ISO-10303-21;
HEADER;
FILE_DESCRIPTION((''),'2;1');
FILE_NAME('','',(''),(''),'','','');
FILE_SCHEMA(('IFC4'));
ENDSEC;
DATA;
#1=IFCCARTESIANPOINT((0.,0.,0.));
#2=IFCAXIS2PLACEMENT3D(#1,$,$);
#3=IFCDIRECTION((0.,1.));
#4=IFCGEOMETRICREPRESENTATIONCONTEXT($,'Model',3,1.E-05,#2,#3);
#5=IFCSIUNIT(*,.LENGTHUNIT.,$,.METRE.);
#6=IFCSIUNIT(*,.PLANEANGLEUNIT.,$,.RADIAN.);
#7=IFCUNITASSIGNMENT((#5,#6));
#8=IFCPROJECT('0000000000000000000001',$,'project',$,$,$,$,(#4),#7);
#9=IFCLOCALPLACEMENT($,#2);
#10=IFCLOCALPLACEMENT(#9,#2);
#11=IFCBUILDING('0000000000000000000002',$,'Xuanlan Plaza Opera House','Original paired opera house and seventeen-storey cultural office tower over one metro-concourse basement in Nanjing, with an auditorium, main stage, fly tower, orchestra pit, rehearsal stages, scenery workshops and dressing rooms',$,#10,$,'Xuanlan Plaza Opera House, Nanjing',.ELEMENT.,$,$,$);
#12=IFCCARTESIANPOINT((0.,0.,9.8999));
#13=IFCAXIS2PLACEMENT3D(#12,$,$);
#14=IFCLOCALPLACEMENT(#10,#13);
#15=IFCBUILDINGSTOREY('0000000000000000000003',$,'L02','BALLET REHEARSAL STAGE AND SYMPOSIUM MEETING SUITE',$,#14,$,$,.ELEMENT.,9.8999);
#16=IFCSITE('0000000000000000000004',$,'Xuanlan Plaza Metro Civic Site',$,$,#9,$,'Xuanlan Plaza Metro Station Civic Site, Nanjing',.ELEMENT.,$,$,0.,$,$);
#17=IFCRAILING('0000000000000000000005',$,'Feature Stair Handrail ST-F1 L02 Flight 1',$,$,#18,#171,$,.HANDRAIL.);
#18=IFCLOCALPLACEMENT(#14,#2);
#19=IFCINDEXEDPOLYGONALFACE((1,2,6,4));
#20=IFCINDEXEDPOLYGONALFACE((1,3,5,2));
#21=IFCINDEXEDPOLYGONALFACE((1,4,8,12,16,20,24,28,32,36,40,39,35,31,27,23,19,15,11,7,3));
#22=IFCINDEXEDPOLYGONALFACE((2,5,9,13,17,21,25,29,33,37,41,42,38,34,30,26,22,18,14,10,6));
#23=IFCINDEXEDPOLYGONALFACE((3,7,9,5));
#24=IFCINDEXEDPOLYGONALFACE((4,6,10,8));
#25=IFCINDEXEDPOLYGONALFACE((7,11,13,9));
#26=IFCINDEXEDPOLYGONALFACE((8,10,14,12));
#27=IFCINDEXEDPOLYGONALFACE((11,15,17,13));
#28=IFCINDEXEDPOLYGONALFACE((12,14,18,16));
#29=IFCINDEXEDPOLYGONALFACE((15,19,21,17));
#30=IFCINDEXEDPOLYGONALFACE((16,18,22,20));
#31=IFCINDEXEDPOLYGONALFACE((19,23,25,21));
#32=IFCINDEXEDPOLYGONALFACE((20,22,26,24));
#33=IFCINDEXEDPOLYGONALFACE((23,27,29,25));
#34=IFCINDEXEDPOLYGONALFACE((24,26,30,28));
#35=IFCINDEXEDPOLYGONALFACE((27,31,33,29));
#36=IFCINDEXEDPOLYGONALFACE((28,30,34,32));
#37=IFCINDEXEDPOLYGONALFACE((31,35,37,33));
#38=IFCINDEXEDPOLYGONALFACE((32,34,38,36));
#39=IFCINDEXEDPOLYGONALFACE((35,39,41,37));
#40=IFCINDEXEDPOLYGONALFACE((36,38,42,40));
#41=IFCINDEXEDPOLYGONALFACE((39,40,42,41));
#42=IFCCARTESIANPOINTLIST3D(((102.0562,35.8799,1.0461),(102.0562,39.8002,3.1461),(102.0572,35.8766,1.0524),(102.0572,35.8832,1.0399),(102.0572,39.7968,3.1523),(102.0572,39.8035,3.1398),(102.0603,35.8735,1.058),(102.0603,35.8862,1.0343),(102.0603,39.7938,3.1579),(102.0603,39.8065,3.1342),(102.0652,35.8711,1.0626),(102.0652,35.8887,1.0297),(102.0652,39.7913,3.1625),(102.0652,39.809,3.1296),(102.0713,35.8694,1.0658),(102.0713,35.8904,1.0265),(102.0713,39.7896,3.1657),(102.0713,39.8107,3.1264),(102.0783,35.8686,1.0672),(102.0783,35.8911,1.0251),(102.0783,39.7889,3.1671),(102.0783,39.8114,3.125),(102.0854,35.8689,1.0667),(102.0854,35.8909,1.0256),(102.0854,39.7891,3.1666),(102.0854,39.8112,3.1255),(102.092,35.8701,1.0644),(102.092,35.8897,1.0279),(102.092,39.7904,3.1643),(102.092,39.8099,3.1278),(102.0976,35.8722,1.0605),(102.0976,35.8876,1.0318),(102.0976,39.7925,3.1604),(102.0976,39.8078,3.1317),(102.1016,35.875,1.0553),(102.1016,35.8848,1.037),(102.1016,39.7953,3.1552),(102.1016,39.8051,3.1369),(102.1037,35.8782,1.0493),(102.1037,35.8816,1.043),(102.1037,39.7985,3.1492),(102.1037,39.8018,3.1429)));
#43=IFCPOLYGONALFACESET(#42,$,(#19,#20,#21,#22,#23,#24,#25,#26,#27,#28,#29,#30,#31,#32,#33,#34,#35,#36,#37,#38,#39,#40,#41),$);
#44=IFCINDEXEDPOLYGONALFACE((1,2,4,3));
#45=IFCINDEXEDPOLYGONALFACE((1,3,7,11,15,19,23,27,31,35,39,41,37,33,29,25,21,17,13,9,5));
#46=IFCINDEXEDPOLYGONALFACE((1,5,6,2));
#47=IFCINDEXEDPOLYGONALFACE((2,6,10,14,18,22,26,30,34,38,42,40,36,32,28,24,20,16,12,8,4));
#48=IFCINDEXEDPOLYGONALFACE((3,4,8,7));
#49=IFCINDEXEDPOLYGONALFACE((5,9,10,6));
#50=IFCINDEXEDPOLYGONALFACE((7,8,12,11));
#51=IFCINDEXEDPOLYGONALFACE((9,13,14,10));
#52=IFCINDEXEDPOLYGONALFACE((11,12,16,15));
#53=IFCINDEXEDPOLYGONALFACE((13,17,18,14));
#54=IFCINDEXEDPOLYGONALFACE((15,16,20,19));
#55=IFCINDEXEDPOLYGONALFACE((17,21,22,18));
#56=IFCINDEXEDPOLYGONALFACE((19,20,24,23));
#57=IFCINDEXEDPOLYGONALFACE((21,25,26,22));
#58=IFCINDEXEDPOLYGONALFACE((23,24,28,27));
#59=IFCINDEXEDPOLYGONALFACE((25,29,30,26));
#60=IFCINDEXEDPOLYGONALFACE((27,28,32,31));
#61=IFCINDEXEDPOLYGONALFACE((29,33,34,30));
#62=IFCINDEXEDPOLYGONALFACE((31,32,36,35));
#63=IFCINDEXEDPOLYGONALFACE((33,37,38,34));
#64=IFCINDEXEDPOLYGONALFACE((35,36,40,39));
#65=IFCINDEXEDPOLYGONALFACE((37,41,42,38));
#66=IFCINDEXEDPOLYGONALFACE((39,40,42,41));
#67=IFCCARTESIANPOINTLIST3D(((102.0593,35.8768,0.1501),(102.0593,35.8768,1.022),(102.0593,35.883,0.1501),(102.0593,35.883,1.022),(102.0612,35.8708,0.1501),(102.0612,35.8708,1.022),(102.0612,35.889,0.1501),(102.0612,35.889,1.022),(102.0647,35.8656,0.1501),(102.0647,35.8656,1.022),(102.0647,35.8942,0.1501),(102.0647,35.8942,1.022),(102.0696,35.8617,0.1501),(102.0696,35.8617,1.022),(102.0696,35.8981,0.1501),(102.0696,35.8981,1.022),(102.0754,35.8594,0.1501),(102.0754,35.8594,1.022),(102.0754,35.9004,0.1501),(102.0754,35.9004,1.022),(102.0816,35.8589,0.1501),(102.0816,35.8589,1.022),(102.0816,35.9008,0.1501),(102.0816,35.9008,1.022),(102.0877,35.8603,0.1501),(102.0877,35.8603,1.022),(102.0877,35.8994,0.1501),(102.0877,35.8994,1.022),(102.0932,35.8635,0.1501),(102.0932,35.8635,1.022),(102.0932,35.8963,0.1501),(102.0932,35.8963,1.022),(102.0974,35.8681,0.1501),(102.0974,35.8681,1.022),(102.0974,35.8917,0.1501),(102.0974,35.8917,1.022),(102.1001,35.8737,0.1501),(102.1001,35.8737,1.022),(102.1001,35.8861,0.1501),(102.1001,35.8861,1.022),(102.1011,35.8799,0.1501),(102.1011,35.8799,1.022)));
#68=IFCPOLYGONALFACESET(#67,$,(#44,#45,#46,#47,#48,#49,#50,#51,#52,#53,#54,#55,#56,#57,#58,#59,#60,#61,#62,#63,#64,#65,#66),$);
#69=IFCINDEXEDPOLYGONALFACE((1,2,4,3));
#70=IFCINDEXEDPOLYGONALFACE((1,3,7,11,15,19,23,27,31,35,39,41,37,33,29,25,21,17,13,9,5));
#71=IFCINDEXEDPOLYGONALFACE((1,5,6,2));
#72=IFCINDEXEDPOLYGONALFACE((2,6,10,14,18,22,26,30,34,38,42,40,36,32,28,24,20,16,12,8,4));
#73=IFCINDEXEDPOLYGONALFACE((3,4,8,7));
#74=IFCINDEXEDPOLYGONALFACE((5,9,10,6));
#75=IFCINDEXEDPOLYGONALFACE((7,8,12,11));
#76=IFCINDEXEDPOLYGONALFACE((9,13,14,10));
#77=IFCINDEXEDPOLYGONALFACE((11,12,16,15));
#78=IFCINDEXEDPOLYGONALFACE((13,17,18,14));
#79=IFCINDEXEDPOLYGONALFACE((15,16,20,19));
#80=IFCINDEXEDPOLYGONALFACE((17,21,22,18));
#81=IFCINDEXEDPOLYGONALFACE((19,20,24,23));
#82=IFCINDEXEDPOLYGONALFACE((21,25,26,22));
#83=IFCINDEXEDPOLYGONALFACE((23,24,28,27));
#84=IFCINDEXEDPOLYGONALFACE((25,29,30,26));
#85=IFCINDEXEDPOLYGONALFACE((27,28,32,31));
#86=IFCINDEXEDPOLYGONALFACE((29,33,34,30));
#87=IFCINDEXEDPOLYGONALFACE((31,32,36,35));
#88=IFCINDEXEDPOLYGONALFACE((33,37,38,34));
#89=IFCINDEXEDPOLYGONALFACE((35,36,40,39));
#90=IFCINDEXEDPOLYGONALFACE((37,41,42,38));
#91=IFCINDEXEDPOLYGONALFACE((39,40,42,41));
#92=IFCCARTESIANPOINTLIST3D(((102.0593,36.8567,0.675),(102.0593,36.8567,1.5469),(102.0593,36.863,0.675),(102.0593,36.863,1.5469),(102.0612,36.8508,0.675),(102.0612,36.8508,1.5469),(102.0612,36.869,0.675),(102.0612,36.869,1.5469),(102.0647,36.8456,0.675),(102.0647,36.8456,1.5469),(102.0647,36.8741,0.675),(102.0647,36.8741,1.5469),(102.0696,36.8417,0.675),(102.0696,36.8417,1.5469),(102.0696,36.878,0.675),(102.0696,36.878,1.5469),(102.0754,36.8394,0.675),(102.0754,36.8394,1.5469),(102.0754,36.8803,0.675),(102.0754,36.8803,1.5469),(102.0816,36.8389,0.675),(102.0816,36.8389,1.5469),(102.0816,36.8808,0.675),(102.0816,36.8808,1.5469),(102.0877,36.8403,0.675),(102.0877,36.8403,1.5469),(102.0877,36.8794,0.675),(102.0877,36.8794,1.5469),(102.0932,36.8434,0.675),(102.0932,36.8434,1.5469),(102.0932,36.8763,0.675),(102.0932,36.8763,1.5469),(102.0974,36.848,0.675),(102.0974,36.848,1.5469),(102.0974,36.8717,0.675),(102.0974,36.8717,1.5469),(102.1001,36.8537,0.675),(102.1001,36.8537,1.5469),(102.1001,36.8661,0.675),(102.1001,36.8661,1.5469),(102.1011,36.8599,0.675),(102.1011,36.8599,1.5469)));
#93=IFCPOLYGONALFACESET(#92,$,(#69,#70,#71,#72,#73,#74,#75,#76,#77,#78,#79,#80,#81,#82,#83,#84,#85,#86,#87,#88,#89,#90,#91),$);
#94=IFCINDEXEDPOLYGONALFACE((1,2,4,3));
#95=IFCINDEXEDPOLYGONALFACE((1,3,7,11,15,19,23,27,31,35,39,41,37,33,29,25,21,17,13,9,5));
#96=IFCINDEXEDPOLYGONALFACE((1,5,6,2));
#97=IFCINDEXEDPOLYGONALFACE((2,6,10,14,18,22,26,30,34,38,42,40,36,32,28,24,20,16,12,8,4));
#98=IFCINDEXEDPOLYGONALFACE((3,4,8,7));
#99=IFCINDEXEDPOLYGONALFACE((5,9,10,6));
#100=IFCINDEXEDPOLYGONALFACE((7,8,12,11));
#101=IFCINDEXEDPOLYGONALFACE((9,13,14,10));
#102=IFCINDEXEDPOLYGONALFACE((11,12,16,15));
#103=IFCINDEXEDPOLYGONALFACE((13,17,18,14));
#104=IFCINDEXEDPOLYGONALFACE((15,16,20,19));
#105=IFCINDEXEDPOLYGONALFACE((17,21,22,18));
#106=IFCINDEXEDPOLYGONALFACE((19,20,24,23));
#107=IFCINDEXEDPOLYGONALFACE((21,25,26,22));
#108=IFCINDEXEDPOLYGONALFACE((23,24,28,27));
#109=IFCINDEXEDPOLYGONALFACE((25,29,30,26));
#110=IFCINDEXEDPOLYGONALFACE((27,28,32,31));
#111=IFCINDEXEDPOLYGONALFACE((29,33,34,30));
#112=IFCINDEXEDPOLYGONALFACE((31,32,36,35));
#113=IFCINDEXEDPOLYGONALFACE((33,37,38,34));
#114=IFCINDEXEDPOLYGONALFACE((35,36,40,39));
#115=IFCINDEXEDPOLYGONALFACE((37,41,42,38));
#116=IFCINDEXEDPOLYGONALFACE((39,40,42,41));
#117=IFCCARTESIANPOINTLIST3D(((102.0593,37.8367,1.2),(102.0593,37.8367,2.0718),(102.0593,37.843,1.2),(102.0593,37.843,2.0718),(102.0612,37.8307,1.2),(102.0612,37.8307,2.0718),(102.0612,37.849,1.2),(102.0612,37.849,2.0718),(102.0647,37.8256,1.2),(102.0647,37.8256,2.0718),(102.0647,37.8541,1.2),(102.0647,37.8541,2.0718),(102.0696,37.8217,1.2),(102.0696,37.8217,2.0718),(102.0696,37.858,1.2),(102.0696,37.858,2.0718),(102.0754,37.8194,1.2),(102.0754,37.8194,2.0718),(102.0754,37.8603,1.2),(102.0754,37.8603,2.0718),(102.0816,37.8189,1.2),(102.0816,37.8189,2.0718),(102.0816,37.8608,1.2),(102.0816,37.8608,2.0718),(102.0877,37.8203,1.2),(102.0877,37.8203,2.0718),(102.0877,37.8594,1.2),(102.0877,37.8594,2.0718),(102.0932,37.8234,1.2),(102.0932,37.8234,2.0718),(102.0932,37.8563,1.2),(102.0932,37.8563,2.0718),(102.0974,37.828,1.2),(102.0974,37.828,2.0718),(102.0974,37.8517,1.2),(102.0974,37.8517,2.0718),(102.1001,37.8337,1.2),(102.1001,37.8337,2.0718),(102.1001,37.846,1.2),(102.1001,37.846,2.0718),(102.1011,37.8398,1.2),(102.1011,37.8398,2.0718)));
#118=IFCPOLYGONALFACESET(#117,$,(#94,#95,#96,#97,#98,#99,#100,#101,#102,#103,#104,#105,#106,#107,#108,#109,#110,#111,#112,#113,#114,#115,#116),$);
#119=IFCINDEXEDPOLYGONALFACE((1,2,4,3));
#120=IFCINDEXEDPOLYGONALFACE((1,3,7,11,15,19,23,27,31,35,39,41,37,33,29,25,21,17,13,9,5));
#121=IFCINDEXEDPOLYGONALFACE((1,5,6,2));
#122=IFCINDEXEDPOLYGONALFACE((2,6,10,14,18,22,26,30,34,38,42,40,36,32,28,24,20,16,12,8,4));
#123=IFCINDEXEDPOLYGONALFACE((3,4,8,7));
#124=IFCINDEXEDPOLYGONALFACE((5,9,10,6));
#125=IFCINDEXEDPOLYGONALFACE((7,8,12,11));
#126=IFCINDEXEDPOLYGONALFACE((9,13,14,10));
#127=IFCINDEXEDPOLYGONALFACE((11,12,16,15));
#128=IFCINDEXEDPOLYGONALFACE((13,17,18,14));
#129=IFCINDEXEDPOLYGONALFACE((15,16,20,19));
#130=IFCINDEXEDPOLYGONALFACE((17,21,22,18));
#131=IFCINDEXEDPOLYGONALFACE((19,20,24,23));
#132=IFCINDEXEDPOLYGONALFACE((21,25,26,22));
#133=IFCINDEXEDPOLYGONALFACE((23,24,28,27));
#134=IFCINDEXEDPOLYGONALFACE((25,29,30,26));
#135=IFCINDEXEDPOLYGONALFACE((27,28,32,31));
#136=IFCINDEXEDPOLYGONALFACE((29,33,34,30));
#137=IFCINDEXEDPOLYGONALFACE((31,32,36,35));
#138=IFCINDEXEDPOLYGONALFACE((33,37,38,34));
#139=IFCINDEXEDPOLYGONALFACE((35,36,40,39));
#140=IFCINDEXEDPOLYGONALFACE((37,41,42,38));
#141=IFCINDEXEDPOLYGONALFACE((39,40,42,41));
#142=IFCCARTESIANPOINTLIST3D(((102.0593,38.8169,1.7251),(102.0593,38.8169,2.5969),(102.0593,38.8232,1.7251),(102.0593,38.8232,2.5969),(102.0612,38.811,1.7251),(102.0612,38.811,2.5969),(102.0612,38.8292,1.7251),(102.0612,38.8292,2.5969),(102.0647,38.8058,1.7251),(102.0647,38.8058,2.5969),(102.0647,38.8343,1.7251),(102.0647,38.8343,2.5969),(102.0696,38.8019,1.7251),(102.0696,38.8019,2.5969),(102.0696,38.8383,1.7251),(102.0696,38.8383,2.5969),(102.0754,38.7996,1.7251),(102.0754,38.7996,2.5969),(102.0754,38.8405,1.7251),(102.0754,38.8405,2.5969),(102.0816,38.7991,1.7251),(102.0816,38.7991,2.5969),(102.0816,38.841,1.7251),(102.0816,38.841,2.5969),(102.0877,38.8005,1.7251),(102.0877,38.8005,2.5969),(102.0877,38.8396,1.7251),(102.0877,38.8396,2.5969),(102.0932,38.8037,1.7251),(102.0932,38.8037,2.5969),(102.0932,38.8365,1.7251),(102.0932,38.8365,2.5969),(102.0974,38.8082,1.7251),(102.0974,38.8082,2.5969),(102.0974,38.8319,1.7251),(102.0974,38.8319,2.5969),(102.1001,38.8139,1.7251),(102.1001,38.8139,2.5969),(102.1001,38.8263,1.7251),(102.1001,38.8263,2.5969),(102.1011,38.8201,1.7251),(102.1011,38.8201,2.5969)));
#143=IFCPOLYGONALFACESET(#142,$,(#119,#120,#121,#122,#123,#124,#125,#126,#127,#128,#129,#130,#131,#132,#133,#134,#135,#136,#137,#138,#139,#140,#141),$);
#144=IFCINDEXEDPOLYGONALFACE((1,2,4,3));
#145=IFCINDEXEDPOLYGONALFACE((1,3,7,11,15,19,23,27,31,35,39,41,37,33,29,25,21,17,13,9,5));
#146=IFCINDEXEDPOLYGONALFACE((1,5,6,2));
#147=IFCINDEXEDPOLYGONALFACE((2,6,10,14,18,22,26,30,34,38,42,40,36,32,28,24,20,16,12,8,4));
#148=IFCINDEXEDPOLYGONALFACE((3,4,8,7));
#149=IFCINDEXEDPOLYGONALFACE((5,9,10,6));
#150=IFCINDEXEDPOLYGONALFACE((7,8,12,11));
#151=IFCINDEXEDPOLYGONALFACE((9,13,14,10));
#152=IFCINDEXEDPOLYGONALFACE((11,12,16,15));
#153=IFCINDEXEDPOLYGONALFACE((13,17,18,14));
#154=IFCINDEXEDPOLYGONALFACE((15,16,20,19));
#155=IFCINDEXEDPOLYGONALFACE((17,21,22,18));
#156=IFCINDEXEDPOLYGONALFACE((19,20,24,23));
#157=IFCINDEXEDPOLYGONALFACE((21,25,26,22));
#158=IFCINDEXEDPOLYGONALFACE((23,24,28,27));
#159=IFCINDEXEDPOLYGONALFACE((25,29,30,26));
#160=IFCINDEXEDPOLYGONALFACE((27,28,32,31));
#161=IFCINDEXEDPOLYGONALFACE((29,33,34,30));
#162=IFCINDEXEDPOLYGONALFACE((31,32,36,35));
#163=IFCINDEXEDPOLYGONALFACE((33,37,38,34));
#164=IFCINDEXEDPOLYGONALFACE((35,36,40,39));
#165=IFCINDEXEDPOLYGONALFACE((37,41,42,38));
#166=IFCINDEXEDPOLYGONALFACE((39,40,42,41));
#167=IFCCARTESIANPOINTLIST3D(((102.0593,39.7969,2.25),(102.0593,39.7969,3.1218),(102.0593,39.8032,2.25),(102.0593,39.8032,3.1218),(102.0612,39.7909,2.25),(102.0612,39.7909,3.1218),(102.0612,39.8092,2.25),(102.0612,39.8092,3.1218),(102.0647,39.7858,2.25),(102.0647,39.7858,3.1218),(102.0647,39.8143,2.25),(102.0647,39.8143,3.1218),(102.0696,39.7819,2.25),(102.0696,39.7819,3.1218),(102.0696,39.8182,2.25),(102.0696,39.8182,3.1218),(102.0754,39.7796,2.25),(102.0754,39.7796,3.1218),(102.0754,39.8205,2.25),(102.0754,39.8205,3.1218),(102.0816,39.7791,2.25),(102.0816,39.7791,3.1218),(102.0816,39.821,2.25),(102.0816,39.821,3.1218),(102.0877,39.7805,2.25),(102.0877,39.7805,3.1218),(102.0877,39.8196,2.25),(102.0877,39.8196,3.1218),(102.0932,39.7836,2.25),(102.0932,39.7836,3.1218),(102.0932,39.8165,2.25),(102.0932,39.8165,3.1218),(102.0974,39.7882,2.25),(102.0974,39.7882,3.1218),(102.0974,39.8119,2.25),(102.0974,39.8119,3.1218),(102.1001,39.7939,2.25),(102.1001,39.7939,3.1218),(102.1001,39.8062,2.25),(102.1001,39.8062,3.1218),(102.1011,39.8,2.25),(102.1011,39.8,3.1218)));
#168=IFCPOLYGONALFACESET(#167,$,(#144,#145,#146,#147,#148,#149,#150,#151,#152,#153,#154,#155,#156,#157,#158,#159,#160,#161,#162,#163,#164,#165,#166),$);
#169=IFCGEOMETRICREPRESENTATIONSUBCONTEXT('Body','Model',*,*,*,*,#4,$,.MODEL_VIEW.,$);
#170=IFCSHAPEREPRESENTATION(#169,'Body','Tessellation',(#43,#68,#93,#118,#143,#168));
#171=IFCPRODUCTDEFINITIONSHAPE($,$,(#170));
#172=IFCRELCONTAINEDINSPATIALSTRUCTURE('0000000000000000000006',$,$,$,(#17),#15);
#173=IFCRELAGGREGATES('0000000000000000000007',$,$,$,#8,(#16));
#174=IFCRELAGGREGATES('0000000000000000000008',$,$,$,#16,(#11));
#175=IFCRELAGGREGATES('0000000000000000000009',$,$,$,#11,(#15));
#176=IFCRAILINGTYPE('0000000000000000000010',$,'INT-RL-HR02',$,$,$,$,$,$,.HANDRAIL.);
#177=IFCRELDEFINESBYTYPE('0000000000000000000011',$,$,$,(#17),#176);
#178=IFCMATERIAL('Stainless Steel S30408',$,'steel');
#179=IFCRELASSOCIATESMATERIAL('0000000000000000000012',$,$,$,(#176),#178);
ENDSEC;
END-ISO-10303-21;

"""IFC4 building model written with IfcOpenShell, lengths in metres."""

from ifc_helpers import new_model, si_unit, direction, frame, origin, origin_2d, place, context, subcontext, project, spatial, circle, extrude, material, type_object, element, save


model = new_model("IFC4")

# Units and contexts
model_context = context("Model", 3, precision=1e-05, world=origin(), true_north=direction((0.0, 1.0)))
body_context = subcontext(model_context, "Body", "Model", "MODEL_VIEW")
ifc_project = project(units=[si_unit("LENGTHUNIT", "METRE"), si_unit("PLANEANGLEUNIT", "RADIAN")], contexts=[model_context])

# Site, building, storey
site_placement = place(None, origin())
site = spatial("IfcSite", under=ifc_project, at=site_placement, Name="Xuanlan Plaza Metro Civic Site", LongName="Xuanlan Plaza Metro Station Civic Site, Nanjing", CompositionType="ELEMENT", RefElevation=0.0)
building_placement = place(site_placement, origin())
building = spatial("IfcBuilding", under=site, at=building_placement, Name="Xuanlan Plaza Opera House", Description="Original paired opera house and seventeen-storey cultural office tower over one metro-concourse basement in Nanjing, with an auditorium, main stage, fly tower, orchestra pit, rehearsal stages, scenery workshops and dressing rooms", LongName="Xuanlan Plaza Opera House, Nanjing", CompositionType="ELEMENT")
storey_placement = place(building_placement, frame((0.0, 0.0, 9.8999)))
storey = spatial("IfcBuildingStorey", under=building, at=storey_placement, Name="L02", Description="BALLET REHEARSAL STAGE AND SYMPOSIUM MEETING SUITE", CompositionType="ELEMENT", Elevation=9.8999)

# Shared definitions
ifc_material_1 = material(Name="Stainless Steel S30408", Category="steel")

# Railing
railing_type = type_object("IfcRailingType", Name="INT-RL-HR02", PredefinedType="HANDRAIL", material=ifc_material_1)
railing_placement = place(storey_placement, frame((102.0801, 35.8799, 0.1501)))
element("IfcRailing", 1, at=railing_placement, inside=storey, type_object=railing_type, Name="Feature Stair Handrail ST-F1 L02 Flight 1", PredefinedType="HANDRAIL", context=body_context, shape_type="SweptSolid", body=[
    extrude(circle(Radius=0.0239, at=origin_2d()), frame((0.0, 0.0, 0.896), z_axis=(0.0, 0.881502, 0.47218), x_axis=(-1.0, 0.0, 0.0)), (0.0, 0.0, 1.0), 4.4473),
    extrude(circle(Radius=0.021, at=origin_2d()), origin(), (0.0, 0.0, 1.0), 0.8718),
    extrude(circle(Radius=0.021, at=origin_2d()), frame((0.0, 0.98, 0.5249)), (0.0, 0.0, 1.0), 0.8718),
    extrude(circle(Radius=0.021, at=origin_2d()), frame((0.0, 1.96, 1.0498)), (0.0, 0.0, 1.0), 0.8718),
    extrude(circle(Radius=0.021, at=origin_2d()), frame((0.0, 2.9402, 1.575)), (0.0, 0.0, 1.0), 0.8718),
    extrude(circle(Radius=0.021, at=origin_2d()), frame((0.0, 3.9202, 2.0999)), (0.0, 0.0, 1.0), 0.8718),
])

save(model, "model.ifc")
